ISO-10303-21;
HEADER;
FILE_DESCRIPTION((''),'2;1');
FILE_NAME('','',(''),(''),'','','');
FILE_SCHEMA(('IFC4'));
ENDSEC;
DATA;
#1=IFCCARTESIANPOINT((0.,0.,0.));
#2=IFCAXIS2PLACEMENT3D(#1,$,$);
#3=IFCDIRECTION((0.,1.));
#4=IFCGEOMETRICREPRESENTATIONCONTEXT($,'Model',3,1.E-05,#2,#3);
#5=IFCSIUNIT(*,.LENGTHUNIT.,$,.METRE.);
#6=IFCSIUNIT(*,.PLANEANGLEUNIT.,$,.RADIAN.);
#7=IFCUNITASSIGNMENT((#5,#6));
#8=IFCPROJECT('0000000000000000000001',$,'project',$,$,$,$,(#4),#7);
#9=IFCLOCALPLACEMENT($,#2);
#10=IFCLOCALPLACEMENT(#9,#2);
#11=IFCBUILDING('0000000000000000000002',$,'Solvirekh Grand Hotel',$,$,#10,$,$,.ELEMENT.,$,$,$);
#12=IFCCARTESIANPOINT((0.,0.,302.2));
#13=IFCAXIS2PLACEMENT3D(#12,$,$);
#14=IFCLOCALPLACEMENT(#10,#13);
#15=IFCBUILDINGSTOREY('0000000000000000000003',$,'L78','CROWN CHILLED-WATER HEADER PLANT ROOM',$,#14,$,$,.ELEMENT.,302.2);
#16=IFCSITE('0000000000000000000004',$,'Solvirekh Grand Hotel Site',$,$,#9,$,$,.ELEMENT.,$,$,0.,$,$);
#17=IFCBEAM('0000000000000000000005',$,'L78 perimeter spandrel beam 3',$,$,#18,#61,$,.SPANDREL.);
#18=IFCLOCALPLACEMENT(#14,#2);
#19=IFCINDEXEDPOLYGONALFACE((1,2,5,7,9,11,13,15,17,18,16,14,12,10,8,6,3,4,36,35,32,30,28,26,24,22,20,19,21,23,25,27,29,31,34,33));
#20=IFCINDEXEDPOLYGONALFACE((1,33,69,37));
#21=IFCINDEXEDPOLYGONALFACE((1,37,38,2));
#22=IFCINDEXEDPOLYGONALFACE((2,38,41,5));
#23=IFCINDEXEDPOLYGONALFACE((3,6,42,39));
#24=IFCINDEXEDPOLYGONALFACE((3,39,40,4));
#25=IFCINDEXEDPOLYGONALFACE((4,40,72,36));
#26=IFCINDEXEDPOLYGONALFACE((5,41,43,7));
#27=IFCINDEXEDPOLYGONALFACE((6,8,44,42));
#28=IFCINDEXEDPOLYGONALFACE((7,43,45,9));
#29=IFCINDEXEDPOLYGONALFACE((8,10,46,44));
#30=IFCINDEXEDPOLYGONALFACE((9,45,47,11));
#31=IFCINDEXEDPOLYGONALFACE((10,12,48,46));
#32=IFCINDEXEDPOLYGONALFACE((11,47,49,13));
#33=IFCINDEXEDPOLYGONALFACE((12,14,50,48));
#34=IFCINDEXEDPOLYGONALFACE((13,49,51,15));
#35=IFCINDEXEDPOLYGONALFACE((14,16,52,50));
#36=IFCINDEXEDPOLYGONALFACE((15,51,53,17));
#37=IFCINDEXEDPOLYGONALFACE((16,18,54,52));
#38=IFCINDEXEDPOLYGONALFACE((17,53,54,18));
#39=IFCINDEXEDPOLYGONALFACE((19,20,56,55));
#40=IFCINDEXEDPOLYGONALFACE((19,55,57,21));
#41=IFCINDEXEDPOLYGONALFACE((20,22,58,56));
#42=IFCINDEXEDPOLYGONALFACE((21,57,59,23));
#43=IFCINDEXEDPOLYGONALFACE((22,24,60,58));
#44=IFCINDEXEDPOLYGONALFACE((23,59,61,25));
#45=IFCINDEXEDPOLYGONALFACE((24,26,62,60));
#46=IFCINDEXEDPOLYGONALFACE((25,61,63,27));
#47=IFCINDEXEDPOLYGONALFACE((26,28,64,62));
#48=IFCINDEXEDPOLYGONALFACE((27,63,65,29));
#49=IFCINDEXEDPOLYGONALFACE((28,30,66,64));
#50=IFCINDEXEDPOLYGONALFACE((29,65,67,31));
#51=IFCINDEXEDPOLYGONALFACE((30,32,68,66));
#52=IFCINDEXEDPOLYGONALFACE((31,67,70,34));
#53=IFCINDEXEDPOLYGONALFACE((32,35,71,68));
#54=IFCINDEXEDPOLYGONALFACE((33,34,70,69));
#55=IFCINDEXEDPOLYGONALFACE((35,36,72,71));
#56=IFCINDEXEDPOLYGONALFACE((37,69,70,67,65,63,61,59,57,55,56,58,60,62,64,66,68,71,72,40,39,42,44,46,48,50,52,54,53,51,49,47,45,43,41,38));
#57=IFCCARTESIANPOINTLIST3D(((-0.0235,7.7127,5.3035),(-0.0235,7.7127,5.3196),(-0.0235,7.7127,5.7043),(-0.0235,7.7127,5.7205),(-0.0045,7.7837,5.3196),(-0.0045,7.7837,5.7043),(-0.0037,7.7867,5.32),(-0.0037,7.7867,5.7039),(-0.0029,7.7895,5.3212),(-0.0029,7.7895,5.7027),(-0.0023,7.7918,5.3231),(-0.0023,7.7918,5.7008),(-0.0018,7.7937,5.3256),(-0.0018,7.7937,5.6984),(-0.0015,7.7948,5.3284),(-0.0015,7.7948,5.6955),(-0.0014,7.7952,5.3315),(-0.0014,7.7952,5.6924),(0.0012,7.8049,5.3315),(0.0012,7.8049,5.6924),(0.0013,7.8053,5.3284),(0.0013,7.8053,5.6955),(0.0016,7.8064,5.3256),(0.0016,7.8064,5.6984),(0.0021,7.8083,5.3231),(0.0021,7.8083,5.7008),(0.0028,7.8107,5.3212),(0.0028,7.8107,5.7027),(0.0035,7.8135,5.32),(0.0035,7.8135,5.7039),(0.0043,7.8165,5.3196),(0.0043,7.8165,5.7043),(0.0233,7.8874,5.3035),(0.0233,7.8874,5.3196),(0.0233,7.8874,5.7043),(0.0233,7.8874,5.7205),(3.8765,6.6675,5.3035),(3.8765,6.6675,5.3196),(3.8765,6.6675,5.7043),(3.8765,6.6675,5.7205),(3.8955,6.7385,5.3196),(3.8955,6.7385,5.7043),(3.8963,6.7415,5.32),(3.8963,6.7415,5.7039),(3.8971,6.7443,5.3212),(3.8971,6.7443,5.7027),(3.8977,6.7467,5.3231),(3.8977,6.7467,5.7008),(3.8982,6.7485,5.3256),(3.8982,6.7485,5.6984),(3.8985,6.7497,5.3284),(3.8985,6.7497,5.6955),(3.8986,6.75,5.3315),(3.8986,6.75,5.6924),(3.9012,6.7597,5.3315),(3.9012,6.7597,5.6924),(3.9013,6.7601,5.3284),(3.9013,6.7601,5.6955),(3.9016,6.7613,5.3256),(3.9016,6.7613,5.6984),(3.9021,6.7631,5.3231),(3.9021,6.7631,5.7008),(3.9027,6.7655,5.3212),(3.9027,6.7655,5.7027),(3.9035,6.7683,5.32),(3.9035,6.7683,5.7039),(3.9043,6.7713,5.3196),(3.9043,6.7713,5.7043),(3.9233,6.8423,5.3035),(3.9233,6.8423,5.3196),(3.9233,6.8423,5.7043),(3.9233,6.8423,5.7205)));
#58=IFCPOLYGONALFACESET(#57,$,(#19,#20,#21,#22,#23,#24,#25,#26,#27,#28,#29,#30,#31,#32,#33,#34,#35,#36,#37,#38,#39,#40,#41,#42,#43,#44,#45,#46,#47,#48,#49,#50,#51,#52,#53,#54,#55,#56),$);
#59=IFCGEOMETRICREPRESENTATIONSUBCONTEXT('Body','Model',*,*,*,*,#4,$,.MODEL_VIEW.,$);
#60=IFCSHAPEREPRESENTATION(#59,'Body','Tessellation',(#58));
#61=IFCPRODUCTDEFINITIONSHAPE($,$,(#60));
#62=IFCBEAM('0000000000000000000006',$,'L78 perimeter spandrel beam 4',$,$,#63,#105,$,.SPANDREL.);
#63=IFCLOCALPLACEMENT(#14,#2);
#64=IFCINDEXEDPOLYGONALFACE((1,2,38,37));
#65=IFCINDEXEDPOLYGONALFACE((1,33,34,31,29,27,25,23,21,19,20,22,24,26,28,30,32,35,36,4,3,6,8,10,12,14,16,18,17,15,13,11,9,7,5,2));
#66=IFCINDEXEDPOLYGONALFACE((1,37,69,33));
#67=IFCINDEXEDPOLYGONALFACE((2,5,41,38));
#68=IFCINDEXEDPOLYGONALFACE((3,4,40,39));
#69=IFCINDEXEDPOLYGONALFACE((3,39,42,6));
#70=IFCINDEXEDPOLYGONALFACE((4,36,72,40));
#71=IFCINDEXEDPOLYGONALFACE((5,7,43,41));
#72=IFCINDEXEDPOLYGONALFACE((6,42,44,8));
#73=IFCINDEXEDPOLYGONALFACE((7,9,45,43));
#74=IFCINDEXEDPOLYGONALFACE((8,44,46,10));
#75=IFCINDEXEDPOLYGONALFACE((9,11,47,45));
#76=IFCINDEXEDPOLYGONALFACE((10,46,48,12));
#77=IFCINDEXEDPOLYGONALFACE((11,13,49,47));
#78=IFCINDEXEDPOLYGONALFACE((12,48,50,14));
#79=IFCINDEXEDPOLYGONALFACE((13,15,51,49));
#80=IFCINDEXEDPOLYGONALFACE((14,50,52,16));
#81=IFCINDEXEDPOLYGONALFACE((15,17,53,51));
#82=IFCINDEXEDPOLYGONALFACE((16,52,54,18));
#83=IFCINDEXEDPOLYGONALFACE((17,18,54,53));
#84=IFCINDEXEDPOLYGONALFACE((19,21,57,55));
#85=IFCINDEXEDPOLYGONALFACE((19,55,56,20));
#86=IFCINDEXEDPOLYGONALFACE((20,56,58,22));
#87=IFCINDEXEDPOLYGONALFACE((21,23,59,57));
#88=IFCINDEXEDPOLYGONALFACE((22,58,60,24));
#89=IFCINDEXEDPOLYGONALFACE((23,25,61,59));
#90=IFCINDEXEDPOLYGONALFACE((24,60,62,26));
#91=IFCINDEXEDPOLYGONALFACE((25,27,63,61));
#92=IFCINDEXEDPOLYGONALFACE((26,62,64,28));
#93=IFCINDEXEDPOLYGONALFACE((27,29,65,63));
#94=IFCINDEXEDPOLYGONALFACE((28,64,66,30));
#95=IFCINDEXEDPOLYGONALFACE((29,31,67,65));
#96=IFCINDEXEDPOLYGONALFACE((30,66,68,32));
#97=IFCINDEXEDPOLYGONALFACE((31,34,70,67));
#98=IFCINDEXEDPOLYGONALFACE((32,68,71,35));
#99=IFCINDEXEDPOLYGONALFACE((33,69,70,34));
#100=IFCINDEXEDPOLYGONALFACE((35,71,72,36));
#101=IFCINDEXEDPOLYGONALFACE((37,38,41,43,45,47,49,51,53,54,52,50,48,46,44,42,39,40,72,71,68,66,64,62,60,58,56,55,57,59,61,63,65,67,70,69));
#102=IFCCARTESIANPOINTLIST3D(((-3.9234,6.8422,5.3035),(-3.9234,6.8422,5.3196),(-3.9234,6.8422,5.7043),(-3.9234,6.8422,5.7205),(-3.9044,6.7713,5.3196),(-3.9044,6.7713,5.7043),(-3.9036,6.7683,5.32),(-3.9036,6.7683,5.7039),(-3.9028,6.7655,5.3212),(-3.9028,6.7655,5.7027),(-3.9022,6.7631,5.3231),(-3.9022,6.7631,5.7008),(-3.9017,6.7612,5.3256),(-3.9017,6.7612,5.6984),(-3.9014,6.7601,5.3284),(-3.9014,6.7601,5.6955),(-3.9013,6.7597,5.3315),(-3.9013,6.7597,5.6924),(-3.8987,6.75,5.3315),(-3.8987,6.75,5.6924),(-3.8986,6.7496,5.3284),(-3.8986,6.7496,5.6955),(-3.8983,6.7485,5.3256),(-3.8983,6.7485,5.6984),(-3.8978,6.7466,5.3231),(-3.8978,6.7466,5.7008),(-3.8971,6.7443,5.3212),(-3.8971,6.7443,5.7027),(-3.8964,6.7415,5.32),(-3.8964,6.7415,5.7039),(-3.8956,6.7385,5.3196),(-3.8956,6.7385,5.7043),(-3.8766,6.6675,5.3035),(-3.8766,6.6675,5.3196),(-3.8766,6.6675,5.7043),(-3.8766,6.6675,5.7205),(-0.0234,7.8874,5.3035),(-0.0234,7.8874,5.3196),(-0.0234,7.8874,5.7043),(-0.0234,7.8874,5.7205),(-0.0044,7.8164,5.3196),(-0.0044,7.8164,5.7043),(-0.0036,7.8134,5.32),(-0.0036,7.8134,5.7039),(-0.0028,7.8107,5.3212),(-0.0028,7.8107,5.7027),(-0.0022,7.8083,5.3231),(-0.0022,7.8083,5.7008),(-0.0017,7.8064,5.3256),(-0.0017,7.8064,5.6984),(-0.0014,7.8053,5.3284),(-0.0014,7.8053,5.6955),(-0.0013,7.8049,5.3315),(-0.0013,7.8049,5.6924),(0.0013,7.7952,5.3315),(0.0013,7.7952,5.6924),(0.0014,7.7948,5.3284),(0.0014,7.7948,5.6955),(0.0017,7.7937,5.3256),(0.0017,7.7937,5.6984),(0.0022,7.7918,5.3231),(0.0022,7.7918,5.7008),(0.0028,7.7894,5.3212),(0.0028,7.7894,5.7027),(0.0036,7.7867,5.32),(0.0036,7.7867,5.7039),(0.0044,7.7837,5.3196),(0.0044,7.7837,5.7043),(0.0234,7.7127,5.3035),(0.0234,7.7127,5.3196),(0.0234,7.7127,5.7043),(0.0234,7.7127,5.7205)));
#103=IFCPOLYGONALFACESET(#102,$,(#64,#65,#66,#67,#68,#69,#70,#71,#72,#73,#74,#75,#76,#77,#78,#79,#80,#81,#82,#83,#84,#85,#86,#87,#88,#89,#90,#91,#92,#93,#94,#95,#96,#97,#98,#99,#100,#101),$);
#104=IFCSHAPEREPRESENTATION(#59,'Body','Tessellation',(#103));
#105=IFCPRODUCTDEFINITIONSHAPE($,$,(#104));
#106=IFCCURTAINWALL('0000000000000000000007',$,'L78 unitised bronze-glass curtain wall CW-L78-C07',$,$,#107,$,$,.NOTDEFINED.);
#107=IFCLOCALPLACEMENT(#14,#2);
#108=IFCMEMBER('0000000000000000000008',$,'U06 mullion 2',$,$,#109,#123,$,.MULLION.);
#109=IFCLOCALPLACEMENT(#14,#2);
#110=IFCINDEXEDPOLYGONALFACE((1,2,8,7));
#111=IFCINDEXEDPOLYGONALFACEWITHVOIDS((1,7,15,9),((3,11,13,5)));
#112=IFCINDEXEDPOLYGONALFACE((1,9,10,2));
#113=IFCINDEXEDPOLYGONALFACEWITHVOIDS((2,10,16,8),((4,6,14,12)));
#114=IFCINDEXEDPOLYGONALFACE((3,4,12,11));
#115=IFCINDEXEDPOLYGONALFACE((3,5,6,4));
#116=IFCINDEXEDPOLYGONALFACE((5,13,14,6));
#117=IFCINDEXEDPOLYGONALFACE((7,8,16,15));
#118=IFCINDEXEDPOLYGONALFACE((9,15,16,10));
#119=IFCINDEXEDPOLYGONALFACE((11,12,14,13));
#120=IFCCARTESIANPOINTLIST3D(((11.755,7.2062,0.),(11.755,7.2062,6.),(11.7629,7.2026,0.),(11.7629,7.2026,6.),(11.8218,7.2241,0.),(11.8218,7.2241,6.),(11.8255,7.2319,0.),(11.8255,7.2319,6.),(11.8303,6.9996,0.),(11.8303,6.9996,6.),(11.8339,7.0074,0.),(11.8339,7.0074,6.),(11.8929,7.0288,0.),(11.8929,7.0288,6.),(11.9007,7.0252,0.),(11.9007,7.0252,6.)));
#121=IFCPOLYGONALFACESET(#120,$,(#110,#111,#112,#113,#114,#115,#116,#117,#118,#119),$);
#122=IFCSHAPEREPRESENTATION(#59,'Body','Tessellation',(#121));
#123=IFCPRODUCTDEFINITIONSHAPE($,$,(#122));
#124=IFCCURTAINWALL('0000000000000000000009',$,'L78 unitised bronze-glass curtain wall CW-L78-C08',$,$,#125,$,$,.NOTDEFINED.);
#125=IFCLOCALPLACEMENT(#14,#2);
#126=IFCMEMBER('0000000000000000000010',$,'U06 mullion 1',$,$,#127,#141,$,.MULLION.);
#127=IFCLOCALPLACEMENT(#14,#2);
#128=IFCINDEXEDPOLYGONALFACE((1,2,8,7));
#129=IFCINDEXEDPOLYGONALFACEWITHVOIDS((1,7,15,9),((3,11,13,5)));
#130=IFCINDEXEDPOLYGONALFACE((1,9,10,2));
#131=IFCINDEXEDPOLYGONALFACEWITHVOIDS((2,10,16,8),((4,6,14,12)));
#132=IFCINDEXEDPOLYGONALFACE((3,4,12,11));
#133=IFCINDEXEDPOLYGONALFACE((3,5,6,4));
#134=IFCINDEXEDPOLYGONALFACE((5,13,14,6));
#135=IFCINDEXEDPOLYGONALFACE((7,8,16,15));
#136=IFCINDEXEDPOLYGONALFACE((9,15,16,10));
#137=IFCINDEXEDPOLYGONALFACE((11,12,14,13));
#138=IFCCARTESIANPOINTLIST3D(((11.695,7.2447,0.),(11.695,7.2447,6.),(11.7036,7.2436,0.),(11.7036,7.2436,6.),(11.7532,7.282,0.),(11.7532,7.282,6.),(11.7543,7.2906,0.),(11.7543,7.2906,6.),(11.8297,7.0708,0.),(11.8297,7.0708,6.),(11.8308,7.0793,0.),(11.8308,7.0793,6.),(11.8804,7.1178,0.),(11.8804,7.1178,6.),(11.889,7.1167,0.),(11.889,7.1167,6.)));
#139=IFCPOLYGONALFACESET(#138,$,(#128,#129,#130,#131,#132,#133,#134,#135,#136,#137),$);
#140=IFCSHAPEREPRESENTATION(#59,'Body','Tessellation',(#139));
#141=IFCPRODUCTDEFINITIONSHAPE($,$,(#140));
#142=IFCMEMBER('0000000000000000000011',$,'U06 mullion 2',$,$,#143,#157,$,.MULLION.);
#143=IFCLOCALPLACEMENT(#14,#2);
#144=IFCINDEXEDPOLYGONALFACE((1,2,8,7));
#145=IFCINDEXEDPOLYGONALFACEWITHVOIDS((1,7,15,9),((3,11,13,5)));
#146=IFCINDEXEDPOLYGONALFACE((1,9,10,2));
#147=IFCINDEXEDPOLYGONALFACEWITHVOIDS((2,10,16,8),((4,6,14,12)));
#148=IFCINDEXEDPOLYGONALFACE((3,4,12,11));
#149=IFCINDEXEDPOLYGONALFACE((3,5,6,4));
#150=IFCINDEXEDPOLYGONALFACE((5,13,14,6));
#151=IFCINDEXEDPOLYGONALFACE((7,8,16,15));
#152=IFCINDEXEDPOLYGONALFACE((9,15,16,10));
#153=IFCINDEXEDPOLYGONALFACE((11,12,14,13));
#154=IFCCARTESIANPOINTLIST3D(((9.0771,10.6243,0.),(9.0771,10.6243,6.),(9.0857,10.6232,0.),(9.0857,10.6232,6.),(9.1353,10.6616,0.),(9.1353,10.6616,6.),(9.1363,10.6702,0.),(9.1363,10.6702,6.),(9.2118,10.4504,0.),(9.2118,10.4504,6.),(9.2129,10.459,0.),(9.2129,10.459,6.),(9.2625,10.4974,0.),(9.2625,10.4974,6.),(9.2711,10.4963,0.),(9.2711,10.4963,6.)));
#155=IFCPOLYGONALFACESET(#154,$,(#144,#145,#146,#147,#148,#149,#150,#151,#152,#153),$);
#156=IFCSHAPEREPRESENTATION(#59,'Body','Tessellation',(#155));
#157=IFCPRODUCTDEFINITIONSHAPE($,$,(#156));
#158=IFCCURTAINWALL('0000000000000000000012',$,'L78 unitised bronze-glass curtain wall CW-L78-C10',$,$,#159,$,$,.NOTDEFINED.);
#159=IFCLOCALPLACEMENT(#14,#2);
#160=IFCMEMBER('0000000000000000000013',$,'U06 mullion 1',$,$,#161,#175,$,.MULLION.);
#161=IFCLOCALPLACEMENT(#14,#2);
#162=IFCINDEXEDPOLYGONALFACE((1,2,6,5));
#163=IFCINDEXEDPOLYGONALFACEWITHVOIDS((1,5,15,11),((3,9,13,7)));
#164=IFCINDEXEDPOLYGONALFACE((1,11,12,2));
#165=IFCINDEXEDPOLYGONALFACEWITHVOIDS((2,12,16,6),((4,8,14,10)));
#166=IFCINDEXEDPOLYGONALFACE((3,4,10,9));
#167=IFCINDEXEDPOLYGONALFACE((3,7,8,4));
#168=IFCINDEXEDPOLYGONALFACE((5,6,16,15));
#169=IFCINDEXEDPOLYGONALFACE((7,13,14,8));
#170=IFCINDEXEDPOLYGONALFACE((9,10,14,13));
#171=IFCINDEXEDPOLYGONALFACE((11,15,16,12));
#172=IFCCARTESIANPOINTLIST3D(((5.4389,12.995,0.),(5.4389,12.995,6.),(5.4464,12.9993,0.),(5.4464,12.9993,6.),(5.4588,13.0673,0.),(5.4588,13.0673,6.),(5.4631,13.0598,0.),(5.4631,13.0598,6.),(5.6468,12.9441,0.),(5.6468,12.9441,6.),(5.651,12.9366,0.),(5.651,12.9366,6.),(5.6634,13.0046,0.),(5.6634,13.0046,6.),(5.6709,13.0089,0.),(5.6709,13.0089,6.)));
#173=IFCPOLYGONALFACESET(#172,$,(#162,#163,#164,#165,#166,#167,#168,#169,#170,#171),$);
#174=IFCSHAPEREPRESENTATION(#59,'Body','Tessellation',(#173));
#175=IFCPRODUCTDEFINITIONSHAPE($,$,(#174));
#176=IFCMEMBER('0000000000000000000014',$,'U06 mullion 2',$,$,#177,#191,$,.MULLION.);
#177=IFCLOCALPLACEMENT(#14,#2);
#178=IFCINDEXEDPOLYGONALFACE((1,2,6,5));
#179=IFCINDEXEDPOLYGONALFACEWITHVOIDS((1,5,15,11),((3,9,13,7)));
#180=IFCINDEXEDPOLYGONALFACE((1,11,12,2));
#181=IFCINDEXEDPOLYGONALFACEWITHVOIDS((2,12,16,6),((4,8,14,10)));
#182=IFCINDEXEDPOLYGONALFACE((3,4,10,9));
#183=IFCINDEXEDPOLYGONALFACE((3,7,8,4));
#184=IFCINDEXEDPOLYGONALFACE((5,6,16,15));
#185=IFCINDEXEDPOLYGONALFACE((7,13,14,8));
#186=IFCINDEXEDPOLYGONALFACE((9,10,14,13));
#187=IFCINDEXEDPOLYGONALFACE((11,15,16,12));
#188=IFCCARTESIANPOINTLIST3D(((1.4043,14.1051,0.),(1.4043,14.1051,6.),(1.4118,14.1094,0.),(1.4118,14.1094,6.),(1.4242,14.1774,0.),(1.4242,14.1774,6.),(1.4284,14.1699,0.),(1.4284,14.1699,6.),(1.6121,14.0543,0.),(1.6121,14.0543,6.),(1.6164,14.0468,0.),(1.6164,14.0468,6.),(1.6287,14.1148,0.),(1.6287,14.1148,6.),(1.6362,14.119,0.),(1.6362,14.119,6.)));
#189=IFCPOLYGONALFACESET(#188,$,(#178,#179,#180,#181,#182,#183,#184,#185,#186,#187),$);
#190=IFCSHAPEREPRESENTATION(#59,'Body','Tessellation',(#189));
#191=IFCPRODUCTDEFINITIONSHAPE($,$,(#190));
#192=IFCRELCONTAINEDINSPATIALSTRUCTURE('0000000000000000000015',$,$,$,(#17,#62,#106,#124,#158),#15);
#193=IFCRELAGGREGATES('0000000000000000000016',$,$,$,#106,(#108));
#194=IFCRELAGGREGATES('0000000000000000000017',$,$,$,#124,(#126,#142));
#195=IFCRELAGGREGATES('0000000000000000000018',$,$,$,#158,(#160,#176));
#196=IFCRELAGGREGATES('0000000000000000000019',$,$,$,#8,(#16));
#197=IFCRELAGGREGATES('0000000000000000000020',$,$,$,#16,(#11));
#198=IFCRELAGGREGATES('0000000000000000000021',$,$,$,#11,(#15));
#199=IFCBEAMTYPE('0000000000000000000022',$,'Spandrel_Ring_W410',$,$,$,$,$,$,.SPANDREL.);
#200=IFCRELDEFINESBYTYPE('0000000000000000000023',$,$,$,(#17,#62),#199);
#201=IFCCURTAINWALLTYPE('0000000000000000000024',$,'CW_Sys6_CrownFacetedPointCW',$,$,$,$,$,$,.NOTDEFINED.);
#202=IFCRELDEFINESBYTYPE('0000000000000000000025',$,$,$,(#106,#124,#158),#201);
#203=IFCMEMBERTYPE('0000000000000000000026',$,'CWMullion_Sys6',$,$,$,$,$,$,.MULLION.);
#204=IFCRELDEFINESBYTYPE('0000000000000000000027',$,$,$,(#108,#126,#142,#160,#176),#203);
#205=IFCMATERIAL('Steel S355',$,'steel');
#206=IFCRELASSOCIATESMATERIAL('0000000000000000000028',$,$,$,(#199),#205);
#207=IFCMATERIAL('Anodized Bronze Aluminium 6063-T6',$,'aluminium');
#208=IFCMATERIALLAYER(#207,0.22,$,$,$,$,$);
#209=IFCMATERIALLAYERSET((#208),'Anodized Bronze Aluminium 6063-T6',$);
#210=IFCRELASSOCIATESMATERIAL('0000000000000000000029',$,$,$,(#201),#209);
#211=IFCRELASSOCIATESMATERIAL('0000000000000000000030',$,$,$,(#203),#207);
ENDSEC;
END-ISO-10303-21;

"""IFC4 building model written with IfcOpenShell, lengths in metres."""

from ifc_helpers import new_model, si_unit, direction, frame, origin, origin_2d, place, context, subcontext, project, spatial, hollow_rectangle, i_section, extrude, source, transform, mapped, material, layer, layer_set, material_profile, profile_set, type_object, element, aggregate, save


model = new_model("IFC4")

# Units and contexts
model_context = context("Model", 3, precision=1e-05, world=origin(), true_north=direction((0.0, 1.0)))
body_context = subcontext(model_context, "Body", "Model", "MODEL_VIEW")
ifc_project = project(units=[si_unit("LENGTHUNIT", "METRE"), si_unit("PLANEANGLEUNIT", "RADIAN")], contexts=[model_context])

# Site, building, storey
site_placement = place(None, origin())
site = spatial("IfcSite", under=ifc_project, at=site_placement, Name="Solvirekh Grand Hotel Site", CompositionType="ELEMENT", RefElevation=0.0)
building_placement = place(site_placement, origin())
building = spatial("IfcBuilding", under=site, at=building_placement, Name="Solvirekh Grand Hotel", CompositionType="ELEMENT")
storey_placement = place(building_placement, frame((0.0, 0.0, 302.2)))
storey = spatial("IfcBuildingStorey", under=building, at=storey_placement, Name="L78", Description="CROWN CHILLED-WATER HEADER PLANT ROOM", CompositionType="ELEMENT", Elevation=302.2)

# Beams
ifc_material_1 = material(Name="Steel S355", Category="steel")
ifc_material_profile_1 = material_profile(ifc_material_1, i_section(OverallWidth=0.1809, OverallDepth=0.417, WebThickness=0.01, FlangeThickness=0.0161, FilletRadius=0.012, at=origin_2d()), Name="W410X85")
ifc_profile_set_1 = profile_set([ifc_material_profile_1], Name="Steel S355")
beam_type_1 = type_object("IfcBeamType", Name="Spandrel_Ring_W410", PredefinedType="SPANDREL", material=ifc_profile_set_1)
for number, where, z_axis, x_axis, name in (
    (1, (3.8999, 6.7549, 5.512), (-0.965914, 0.258863, 0.0), (-0.258863, -0.965914, 0.0), "L78 perimeter spandrel beam 3"),
    (2, (0.0, 7.8, 5.512), (-0.965914, -0.258863, 0.0), (0.258863, -0.965914, 0.0), "L78 perimeter spandrel beam 4"),
):
    element("IfcBeam", number, at=place(storey_placement, frame(where, z_axis=z_axis, x_axis=x_axis)), inside=storey, type_object=beam_type_1, Name=name, PredefinedType="SPANDREL", context=body_context, shape_type="SweptSolid", body=[
        extrude(i_section(OverallWidth=0.1809, OverallDepth=0.417, WebThickness=0.01, FlangeThickness=0.0161, FilletRadius=0.012, at=origin_2d()), origin(), (0.0, 0.0, 1.0), 4.0376),
    ])

# Curtain wall, member
ifc_material_2 = material(Name="Anodized Bronze Aluminium 6063-T6", Category="aluminium")
ifc_layer_1 = layer(ifc_material_2, 0.22)
ifc_layer_set_1 = layer_set([ifc_layer_1], Name="Anodized Bronze Aluminium 6063-T6")
curtain_wall_type = type_object("IfcCurtainWallType", Name="CW_Sys6_CrownFacetedPointCW", PredefinedType="NOTDEFINED", material=ifc_layer_set_1)
curtain_wall_1_placement = place(storey_placement, origin())
curtain_wall_1 = element("IfcCurtainWall", 3, at=curtain_wall_1_placement, inside=storey, type_object=curtain_wall_type, Name="L78 unitised bronze-glass curtain wall CW-L78-C07", PredefinedType="NOTDEFINED")
ifc_material_profile_2 = material_profile(ifc_material_2, hollow_rectangle(XDim=0.075, YDim=0.22, WallThickness=0.0061, at=origin_2d()), Name="ALU RHS 220X75X6")
ifc_profile_set_2 = profile_set([ifc_material_profile_2], Name="Anodized Bronze Aluminium 6063-T6")
member_type_1 = type_object("IfcMemberType", Name="CWMullion_Sys6", PredefinedType="MULLION", material=ifc_profile_set_2)
shared_shape_1 = source(origin(), body_context, "Body", "SweptSolid", [
    extrude(hollow_rectangle(XDim=0.075, YDim=0.22, WallThickness=0.0061, at=origin_2d()), origin(), (0.0, 0.0, 1.0), 6.0),
])
member_1_placement = place(storey_placement, frame((11.8279, 7.1157, 0.0), z_axis=(0.0, 0.0, 1.0), x_axis=(-0.939654, -0.342126, 0.0)))
member_1 = element("IfcMember", 4, at=member_1_placement, type_object=member_type_1, Name="U06 mullion 2", PredefinedType="MULLION", context=body_context, shape_type="MappedRepresentation", body=[
    mapped(shared_shape_1, transform((0.0, 0.0, 0.0), x_axis=(1.0, 0.0, 0.0), y_axis=(0.0, 1.0, 0.0), z_axis=(0.0, 0.0, 1.0), scale=1.0)),
])
aggregate(curtain_wall_1, [member_1])

# Curtain walls, members
curtain_wall_2_placement = place(storey_placement, origin())
curtain_wall_2 = element("IfcCurtainWall", 5, at=curtain_wall_2_placement, inside=storey, type_object=curtain_wall_type, Name="L78 unitised bronze-glass curtain wall CW-L78-C08", PredefinedType="NOTDEFINED")
member_2_placement = place(storey_placement, frame((11.792, 7.1807, 0.0), z_axis=(0.0, 0.0, 1.0), x_axis=(-0.790551, -0.612396, 0.0)))
member_2 = element("IfcMember", 6, at=member_2_placement, type_object=member_type_1, Name="U06 mullion 1", PredefinedType="MULLION", context=body_context, shape_type="MappedRepresentation", body=[
    mapped(shared_shape_1, transform((0.0, 0.0, 0.0), x_axis=(1.0, 0.0, 0.0), y_axis=(0.0, 1.0, 0.0), z_axis=(0.0, 0.0, 1.0), scale=1.0)),
])
member_3_placement = place(storey_placement, frame((9.1741, 10.5603, 0.0), z_axis=(0.0, 0.0, 1.0), x_axis=(-0.790551, -0.612396, 0.0)))
member_3 = element("IfcMember", 7, at=member_3_placement, type_object=member_type_1, Name="U06 mullion 2", PredefinedType="MULLION", context=body_context, shape_type="MappedRepresentation", body=[
    mapped(shared_shape_1, transform((0.0, 0.0, 0.0), x_axis=(1.0, 0.0, 0.0), y_axis=(0.0, 1.0, 0.0), z_axis=(0.0, 0.0, 1.0), scale=1.0)),
])
curtain_wall_3_placement = place(storey_placement, origin())
curtain_wall_3 = element("IfcCurtainWall", 8, at=curtain_wall_3_placement, inside=storey, type_object=curtain_wall_type, Name="L78 unitised bronze-glass curtain wall CW-L78-C10", PredefinedType="NOTDEFINED")
member_4_placement = place(storey_placement, frame((5.5549, 13.002, 0.0), z_axis=(0.0, 0.0, 1.0), x_axis=(-0.265282, -0.964171, 0.0)))
member_4 = element("IfcMember", 9, at=member_4_placement, type_object=member_type_1, Name="U06 mullion 1", PredefinedType="MULLION", context=body_context, shape_type="MappedRepresentation", body=[
    mapped(shared_shape_1, transform((0.0, 0.0, 0.0), x_axis=(1.0, 0.0, 0.0), y_axis=(0.0, 1.0, 0.0), z_axis=(0.0, 0.0, 1.0), scale=1.0)),
])
member_5_placement = place(storey_placement, frame((1.5203, 14.1121, 0.0), z_axis=(0.0, 0.0, 1.0), x_axis=(-0.265282, -0.964171, 0.0)))
member_5 = element("IfcMember", 10, at=member_5_placement, type_object=member_type_1, Name="U06 mullion 2", PredefinedType="MULLION", context=body_context, shape_type="MappedRepresentation", body=[
    mapped(shared_shape_1, transform((0.0, 0.0, 0.0), x_axis=(1.0, 0.0, 0.0), y_axis=(0.0, 1.0, 0.0), z_axis=(0.0, 0.0, 1.0), scale=1.0)),
])

aggregate(curtain_wall_2, [member_2, member_3])
aggregate(curtain_wall_3, [member_4, member_5])

save(model, "model.ifc")
